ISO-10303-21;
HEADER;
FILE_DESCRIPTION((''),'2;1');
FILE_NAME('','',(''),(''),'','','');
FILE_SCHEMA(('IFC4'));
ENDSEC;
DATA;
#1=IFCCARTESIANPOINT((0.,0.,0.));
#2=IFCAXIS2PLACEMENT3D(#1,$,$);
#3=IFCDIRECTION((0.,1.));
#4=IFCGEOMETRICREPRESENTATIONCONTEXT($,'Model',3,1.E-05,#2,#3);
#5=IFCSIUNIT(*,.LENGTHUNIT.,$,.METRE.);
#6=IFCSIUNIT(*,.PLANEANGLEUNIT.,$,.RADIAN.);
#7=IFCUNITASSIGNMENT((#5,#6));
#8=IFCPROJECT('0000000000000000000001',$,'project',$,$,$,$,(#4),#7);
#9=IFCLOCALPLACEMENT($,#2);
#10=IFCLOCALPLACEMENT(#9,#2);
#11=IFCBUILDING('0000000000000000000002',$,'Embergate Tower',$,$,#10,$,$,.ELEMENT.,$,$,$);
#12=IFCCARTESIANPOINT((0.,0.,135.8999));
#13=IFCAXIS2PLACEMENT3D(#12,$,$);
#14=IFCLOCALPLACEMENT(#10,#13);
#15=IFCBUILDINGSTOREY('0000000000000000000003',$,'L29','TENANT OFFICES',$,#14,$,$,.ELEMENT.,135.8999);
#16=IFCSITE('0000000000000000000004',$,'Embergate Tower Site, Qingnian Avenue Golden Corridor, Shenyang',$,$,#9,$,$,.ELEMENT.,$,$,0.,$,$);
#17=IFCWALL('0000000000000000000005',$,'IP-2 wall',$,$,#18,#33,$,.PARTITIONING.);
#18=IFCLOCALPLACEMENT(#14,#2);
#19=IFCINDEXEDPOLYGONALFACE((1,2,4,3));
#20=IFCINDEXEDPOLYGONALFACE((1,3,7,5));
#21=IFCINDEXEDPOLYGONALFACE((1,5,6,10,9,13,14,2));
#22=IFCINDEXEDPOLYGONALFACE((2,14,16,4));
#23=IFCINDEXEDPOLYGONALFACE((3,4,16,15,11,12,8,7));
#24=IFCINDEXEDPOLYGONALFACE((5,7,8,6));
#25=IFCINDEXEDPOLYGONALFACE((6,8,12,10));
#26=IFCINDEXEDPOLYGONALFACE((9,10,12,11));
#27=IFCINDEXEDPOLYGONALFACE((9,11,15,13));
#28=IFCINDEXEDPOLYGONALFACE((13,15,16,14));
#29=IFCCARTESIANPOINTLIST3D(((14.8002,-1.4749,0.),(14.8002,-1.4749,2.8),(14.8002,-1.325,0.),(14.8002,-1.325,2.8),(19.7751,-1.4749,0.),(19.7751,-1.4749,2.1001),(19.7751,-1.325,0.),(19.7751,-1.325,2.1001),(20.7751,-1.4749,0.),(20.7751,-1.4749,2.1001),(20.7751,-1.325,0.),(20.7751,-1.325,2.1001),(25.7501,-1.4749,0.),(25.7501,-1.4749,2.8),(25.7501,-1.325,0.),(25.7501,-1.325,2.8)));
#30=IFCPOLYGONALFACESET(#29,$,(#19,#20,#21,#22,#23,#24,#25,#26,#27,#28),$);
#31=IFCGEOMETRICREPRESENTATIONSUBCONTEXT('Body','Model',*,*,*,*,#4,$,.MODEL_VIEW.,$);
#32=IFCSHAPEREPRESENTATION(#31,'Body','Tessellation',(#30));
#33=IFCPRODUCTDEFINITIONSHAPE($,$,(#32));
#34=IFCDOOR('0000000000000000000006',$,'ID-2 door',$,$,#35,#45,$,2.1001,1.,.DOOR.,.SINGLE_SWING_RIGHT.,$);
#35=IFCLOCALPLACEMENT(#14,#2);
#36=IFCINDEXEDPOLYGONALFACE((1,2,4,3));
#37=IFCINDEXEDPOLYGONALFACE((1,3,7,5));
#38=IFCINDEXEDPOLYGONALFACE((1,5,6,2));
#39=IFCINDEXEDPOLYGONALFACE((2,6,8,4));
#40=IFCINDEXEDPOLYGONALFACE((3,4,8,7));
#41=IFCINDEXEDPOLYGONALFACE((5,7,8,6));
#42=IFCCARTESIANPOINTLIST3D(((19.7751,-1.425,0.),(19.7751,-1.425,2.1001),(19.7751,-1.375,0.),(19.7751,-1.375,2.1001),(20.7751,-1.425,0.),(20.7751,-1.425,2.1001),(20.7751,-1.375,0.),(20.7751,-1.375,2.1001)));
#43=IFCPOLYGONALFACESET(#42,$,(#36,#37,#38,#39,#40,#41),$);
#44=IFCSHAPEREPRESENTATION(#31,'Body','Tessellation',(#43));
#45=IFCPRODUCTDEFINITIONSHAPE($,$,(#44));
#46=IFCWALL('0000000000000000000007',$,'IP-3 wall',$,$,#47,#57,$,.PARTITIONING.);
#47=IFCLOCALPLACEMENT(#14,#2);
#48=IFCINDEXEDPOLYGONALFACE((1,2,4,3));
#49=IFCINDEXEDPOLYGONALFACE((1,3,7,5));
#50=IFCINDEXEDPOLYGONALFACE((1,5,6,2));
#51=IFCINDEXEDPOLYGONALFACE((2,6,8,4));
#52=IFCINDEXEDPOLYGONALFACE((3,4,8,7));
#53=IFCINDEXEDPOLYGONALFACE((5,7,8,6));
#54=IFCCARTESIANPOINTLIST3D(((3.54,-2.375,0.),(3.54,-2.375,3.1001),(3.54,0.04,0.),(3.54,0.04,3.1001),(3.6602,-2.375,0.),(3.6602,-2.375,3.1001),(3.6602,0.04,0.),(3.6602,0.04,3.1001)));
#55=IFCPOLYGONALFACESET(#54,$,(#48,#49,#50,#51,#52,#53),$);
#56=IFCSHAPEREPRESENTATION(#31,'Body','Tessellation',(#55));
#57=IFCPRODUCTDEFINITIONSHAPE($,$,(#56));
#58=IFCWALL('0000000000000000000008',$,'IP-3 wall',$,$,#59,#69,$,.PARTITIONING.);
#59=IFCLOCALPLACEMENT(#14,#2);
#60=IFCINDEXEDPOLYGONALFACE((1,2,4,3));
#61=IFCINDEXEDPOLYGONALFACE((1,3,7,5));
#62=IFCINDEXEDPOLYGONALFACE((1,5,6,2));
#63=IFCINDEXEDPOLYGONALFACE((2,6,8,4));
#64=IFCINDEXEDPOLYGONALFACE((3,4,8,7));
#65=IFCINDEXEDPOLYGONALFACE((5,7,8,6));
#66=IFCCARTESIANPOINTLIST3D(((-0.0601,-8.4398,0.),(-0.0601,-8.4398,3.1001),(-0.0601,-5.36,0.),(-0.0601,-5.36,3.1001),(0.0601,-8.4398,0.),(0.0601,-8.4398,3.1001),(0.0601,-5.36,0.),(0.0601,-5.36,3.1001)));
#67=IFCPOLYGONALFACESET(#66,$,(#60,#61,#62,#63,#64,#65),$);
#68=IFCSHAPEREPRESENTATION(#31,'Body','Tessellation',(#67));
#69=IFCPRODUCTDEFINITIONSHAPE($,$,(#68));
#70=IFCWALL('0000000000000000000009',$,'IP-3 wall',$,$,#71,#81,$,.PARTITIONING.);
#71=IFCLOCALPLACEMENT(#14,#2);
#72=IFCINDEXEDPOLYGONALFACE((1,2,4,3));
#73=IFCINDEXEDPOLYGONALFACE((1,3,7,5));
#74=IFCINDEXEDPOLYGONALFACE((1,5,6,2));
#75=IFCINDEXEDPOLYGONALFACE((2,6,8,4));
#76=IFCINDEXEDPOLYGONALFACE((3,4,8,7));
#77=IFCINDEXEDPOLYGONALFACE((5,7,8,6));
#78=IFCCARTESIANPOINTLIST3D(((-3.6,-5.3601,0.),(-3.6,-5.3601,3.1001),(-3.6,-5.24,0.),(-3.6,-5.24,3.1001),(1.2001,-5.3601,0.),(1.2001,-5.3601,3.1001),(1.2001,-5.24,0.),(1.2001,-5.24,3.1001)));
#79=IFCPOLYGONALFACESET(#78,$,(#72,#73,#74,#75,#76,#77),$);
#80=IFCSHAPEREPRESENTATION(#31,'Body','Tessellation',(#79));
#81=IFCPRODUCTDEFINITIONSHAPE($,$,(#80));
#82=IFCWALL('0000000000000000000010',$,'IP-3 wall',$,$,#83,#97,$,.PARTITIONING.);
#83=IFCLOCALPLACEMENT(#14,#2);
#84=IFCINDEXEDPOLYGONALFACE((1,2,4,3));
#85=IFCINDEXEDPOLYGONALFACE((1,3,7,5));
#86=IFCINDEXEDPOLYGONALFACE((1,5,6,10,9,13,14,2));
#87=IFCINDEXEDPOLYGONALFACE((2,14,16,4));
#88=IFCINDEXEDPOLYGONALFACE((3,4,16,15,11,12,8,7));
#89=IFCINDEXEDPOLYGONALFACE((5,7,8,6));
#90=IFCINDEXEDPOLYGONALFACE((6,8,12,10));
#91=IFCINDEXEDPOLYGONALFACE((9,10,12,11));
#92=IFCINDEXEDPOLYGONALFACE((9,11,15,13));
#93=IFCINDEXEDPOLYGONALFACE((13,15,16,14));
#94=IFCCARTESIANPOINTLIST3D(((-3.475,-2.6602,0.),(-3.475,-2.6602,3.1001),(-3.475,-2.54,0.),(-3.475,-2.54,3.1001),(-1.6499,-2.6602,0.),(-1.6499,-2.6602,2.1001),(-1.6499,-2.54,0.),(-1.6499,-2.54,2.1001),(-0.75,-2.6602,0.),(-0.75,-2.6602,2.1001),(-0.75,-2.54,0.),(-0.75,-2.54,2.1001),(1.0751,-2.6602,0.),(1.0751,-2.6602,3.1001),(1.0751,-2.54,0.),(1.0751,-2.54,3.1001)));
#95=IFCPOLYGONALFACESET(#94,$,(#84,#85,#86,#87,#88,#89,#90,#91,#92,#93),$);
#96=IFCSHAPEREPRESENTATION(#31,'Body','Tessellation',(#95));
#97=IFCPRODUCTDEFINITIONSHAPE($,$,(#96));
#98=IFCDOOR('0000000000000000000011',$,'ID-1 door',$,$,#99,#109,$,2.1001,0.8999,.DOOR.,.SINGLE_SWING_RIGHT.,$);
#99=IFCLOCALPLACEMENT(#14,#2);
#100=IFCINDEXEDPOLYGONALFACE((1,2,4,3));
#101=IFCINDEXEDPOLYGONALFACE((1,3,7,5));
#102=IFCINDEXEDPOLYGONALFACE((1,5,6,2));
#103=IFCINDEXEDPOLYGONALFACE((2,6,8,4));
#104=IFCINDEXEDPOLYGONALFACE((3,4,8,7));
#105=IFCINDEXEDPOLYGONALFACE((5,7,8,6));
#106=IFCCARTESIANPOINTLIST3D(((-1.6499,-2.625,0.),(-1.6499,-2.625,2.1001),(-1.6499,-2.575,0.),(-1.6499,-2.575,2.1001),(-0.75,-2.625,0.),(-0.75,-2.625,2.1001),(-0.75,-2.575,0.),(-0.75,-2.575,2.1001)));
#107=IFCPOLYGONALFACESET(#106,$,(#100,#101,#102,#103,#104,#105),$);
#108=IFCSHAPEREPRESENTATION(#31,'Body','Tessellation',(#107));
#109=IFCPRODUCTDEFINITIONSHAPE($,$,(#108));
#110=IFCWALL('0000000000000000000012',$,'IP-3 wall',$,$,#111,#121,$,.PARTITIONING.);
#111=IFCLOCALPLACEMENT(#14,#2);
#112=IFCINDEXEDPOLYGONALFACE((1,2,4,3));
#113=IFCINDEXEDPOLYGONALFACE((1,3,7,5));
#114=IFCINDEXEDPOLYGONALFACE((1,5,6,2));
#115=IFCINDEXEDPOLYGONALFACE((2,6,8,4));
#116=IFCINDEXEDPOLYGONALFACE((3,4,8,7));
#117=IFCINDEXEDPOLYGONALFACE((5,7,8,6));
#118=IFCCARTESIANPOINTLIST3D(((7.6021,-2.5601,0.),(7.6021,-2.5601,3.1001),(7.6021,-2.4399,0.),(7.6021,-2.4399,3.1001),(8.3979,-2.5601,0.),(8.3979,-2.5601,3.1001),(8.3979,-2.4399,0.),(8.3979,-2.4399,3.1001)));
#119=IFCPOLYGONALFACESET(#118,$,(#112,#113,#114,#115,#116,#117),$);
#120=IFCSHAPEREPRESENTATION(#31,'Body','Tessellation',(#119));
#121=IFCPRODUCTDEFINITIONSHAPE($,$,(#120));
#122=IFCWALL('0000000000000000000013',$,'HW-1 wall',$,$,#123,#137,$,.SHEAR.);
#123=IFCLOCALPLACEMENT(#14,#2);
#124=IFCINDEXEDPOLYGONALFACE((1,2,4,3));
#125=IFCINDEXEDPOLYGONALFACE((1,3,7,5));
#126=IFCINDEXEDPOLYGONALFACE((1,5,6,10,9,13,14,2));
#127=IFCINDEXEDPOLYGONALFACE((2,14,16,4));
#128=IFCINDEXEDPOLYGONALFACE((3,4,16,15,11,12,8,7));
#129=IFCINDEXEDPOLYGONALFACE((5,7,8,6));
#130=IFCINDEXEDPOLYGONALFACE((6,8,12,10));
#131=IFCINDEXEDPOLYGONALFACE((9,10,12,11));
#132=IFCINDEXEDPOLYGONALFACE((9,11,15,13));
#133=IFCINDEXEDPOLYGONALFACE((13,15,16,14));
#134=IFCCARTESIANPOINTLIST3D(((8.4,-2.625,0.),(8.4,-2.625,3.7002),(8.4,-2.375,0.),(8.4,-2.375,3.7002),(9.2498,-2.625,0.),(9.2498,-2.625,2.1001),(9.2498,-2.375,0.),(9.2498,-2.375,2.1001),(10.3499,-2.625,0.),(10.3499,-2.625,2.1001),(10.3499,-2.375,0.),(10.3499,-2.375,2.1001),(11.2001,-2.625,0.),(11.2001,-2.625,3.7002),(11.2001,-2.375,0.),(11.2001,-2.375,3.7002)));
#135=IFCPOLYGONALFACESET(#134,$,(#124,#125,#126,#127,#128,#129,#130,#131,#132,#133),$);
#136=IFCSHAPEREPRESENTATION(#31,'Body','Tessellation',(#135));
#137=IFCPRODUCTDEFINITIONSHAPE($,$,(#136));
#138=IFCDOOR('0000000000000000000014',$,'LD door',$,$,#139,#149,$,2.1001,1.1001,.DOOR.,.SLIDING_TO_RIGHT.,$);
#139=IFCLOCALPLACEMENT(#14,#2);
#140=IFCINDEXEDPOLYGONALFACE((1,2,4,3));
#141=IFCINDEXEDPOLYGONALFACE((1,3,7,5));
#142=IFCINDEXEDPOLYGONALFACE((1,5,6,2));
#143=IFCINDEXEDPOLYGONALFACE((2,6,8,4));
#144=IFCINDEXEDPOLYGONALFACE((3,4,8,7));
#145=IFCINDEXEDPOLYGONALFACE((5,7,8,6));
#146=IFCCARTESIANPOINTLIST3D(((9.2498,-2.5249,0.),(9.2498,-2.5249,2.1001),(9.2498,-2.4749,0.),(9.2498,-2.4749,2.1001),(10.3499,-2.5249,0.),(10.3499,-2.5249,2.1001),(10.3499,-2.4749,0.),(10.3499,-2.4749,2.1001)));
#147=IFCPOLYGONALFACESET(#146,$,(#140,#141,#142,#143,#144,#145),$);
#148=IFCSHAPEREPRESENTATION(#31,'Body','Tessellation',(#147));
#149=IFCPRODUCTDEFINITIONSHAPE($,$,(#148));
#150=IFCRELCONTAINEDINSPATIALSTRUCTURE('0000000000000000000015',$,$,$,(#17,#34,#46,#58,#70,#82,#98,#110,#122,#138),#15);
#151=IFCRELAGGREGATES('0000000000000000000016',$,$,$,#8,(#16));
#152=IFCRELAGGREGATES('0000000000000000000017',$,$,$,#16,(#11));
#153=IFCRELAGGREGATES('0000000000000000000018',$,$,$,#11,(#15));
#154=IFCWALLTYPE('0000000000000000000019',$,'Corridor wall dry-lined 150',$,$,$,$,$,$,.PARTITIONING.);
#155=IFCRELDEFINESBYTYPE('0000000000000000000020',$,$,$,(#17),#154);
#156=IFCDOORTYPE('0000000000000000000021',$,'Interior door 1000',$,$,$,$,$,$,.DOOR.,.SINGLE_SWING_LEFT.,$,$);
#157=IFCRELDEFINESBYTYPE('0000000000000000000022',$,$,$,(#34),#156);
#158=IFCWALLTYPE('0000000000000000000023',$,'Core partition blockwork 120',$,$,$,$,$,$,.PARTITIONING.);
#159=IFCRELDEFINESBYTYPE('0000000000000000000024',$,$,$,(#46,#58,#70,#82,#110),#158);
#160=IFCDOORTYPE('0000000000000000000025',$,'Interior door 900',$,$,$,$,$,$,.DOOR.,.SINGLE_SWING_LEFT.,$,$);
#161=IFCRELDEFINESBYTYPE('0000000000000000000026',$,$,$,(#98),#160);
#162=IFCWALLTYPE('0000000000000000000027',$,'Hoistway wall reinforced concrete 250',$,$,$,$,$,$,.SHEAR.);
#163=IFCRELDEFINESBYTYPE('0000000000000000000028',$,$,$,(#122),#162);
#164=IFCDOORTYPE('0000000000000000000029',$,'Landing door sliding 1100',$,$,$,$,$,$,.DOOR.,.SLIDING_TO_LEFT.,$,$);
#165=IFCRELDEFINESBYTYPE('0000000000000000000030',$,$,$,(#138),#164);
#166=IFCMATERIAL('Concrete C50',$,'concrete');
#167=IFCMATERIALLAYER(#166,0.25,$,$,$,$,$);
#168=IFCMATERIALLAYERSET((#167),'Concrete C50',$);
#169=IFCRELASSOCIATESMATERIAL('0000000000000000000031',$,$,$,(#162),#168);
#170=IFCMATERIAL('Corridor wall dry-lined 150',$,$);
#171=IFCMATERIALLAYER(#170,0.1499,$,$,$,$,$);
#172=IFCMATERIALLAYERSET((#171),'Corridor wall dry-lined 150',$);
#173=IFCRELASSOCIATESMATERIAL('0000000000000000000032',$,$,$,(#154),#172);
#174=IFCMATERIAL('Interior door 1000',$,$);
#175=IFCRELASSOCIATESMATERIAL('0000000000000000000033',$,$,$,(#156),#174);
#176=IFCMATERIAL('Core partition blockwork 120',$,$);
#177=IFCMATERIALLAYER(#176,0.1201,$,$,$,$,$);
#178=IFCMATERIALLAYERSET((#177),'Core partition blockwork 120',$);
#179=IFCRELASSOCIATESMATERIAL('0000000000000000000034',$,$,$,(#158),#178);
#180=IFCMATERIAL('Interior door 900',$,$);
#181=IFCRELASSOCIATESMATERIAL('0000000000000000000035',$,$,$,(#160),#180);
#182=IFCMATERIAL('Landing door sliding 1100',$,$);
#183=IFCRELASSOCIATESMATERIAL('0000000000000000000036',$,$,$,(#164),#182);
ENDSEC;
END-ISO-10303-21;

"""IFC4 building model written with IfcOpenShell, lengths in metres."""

from ifc_helpers import new_model, si_unit, direction, frame, frame_2d, origin, place, context, subcontext, project, spatial, rectangle, extrude, source, transform, mapped, material, layer, layer_set, type_object, element, fill, save


model = new_model("IFC4")

# Units and contexts
model_context = context("Model", 3, precision=1e-05, world=origin(), true_north=direction((0.0, 1.0)))
body_context = subcontext(model_context, "Body", "Model", "MODEL_VIEW")
ifc_project = project(units=[si_unit("LENGTHUNIT", "METRE"), si_unit("PLANEANGLEUNIT", "RADIAN")], contexts=[model_context])

# Site, building, storey
site_placement = place(None, origin())
site = spatial("IfcSite", under=ifc_project, at=site_placement, Name="Embergate Tower Site, Qingnian Avenue Golden Corridor, Shenyang", CompositionType="ELEMENT", RefElevation=0.0)
building_placement = place(site_placement, origin())
building = spatial("IfcBuilding", under=site, at=building_placement, Name="Embergate Tower", CompositionType="ELEMENT")
storey_placement = place(building_placement, frame((0.0, 0.0, 135.8999)))
storey = spatial("IfcBuildingStorey", under=building, at=storey_placement, Name="L29", Description="TENANT OFFICES", CompositionType="ELEMENT", Elevation=135.8999)

# Shared definitions
ifc_material_1 = material(Name="Concrete C50", Category="concrete")
ifc_layer_1 = layer(ifc_material_1, 0.25)
ifc_layer_set_1 = layer_set([ifc_layer_1], Name="Concrete C50")
wall_type_1 = type_object("IfcWallType", Name="Hoistway wall reinforced concrete 250", PredefinedType="SHEAR", material=ifc_layer_set_1)

# Wall, opening, door
ifc_material_2 = material(Name="Corridor wall dry-lined 150")
ifc_layer_2 = layer(ifc_material_2, 0.1499)
ifc_layer_set_2 = layer_set([ifc_layer_2], Name="Corridor wall dry-lined 150")
wall_type_2 = type_object("IfcWallType", Name="Corridor wall dry-lined 150", PredefinedType="PARTITIONING", material=ifc_layer_set_2)
shared_shape_1 = source(origin(), body_context, "Body", "SweptSolid", [
    extrude(rectangle(XDim=0.8999, YDim=2.1001, at=frame_2d((0.45, 1.05))), frame((0.0, 0.0249, 0.0), z_axis=(0.0, -1.0, 0.0), x_axis=(1.0, 0.0, 0.0)), (0.0, 0.0, 1.0), 0.05),
])
shared_shape_2 = source(origin(), body_context, "Body", "SweptSolid", [
    extrude(rectangle(XDim=10.95, YDim=0.1499, at=frame_2d((5.4751, 0.0))), origin(), (0.0, 0.0, 1.0), 2.8),
])
wall_1_placement = place(storey_placement, frame((14.8, -1.3999, 0.0), z_axis=(0.0, 0.0, 1.0), x_axis=(1.0, 0.0, 0.0)))
wall_1 = element("IfcWall", 1, at=wall_1_placement, inside=storey, type_object=wall_type_2, Name="IP-2 wall", PredefinedType="PARTITIONING", context=body_context, shape_type="MappedRepresentation", body=[
    mapped(shared_shape_2, transform((0.0, 0.0, 0.0))),
])
shared_shape_3 = source(origin(), body_context, "Body", "SweptSolid", [
    extrude(rectangle(XDim=1.0, YDim=2.1001, at=frame_2d((0.5, 1.05))), frame((0.0, 0.085, 0.0), z_axis=(0.0, -1.0, 0.0), x_axis=(1.0, 0.0, 0.0)), (0.0, 0.0, 1.0), 0.1699),
])
opening_1_placement = place(wall_1_placement, frame((4.9751, 0.0, 0.0)))
opening_1 = element("IfcOpeningElement", 2, at=opening_1_placement, cuts=wall_1, PredefinedType="OPENING", context=body_context, shape_type="MappedRepresentation", body=[
    mapped(shared_shape_3, transform((0.0, 0.0, 0.0))),
])
ifc_material_3 = material(Name="Interior door 1000")
door_type_1 = type_object("IfcDoorType", Name="Interior door 1000", OperationType="SINGLE_SWING_LEFT", PredefinedType="DOOR", material=ifc_material_3)
shared_shape_4 = source(origin(), body_context, "Body", "SweptSolid", [
    extrude(rectangle(XDim=1.0, YDim=2.1001, at=frame_2d((0.5, 1.05))), frame((0.0, 0.0249, 0.0), z_axis=(0.0, -1.0, 0.0), x_axis=(1.0, 0.0, 0.0)), (0.0, 0.0, 1.0), 0.05),
])
door_1_placement = place(opening_1_placement, origin())
door_1 = element("IfcDoor", 3, at=door_1_placement, inside=storey, type_object=door_type_1, Name="ID-2 door", OperationType="SINGLE_SWING_RIGHT", OverallHeight=2.1001, OverallWidth=1.0, PredefinedType="DOOR", context=body_context, shape_type="MappedRepresentation", body=[
    mapped(shared_shape_4, transform((0.0, 0.0, 0.0))),
])
fill(opening_1, door_1)

# Walls
ifc_material_4 = material(Name="Core partition blockwork 120")
ifc_layer_3 = layer(ifc_material_4, 0.1201)
ifc_layer_set_3 = layer_set([ifc_layer_3], Name="Core partition blockwork 120")
wall_type_3 = type_object("IfcWallType", Name="Core partition blockwork 120", PredefinedType="PARTITIONING", material=ifc_layer_set_3)
shared_shape_5 = source(origin(), body_context, "Body", "SweptSolid", [
    extrude(rectangle(XDim=2.415, YDim=0.1201, at=frame_2d((1.2075, 0.0))), origin(), (0.0, 0.0, 1.0), 3.1001),
])
wall_2_placement = place(storey_placement, frame((3.6001, -2.375, 0.0), z_axis=(0.0, 0.0, 1.0), x_axis=(0.0, 1.0, 0.0)))
element("IfcWall", 4, at=wall_2_placement, inside=storey, type_object=wall_type_3, Name="IP-3 wall", PredefinedType="PARTITIONING", context=body_context, shape_type="MappedRepresentation", body=[
    mapped(shared_shape_5, transform((0.0, 0.0, 0.0))),
])
shared_shape_6 = source(origin(), body_context, "Body", "SweptSolid", [
    extrude(rectangle(XDim=3.0798, YDim=0.1201, at=frame_2d((1.54, 0.0))), origin(), (0.0, 0.0, 1.0), 3.1001),
])
wall_3_placement = place(storey_placement, frame((0.0, -8.4399, 0.0), z_axis=(0.0, 0.0, 1.0), x_axis=(0.0, 1.0, 0.0)))
element("IfcWall", 5, at=wall_3_placement, inside=storey, type_object=wall_type_3, Name="IP-3 wall", PredefinedType="PARTITIONING", context=body_context, shape_type="MappedRepresentation", body=[
    mapped(shared_shape_6, transform((0.0, 0.0, 0.0))),
])
shared_shape_7 = source(origin(), body_context, "Body", "SweptSolid", [
    extrude(rectangle(XDim=4.8, YDim=0.1201, at=frame_2d((2.3999, 0.0))), origin(), (0.0, 0.0, 1.0), 3.1001),
])
wall_4_placement = place(storey_placement, frame((1.2, -5.3, 0.0), z_axis=(0.0, 0.0, 1.0), x_axis=(-1.0, 0.0, 0.0)))
element("IfcWall", 6, at=wall_4_placement, inside=storey, type_object=wall_type_3, Name="IP-3 wall", PredefinedType="PARTITIONING", context=body_context, shape_type="MappedRepresentation", body=[
    mapped(shared_shape_7, transform((0.0, 0.0, 0.0))),
])

# Wall, opening, door
shared_shape_8 = source(origin(), body_context, "Body", "SweptSolid", [
    extrude(rectangle(XDim=4.55, YDim=0.1201, at=frame_2d((2.2749, 0.0))), origin(), (0.0, 0.0, 1.0), 3.1001),
])
wall_5_placement = place(storey_placement, frame((1.075, -2.6001, 0.0), z_axis=(0.0, 0.0, 1.0), x_axis=(-1.0, 0.0, 0.0)))
wall_5 = element("IfcWall", 7, at=wall_5_placement, inside=storey, type_object=wall_type_3, Name="IP-3 wall", PredefinedType="PARTITIONING", context=body_context, shape_type="MappedRepresentation", body=[
    mapped(shared_shape_8, transform((0.0, 0.0, 0.0))),
])
shared_shape_9 = source(origin(), body_context, "Body", "SweptSolid", [
    extrude(rectangle(XDim=0.8999, YDim=2.1001, at=frame_2d((0.45, 1.05))), frame((0.0, 0.0701, 0.0), z_axis=(0.0, -1.0, 0.0), x_axis=(1.0, 0.0, 0.0)), (0.0, 0.0, 1.0), 0.1401),
])
opening_2_placement = place(wall_5_placement, frame((1.825, 0.0, 0.0)))
opening_2 = element("IfcOpeningElement", 8, at=opening_2_placement, cuts=wall_5, PredefinedType="OPENING", context=body_context, shape_type="MappedRepresentation", body=[
    mapped(shared_shape_9, transform((0.0, 0.0, 0.0))),
])
ifc_material_5 = material(Name="Interior door 900")
door_type_2 = type_object("IfcDoorType", Name="Interior door 900", OperationType="SINGLE_SWING_LEFT", PredefinedType="DOOR", material=ifc_material_5)
door_2_placement = place(opening_2_placement, origin())
door_2 = element("IfcDoor", 9, at=door_2_placement, inside=storey, type_object=door_type_2, Name="ID-1 door", OperationType="SINGLE_SWING_RIGHT", OverallHeight=2.1001, OverallWidth=0.8999, PredefinedType="DOOR", context=body_context, shape_type="MappedRepresentation", body=[
    mapped(shared_shape_1, transform((0.0, 0.0, 0.0))),
])
fill(opening_2, door_2)

# Wall
shared_shape_10 = source(origin(), body_context, "Body", "SweptSolid", [
    extrude(rectangle(XDim=0.7959, YDim=0.1201, at=frame_2d((0.3979, 0.0))), origin(), (0.0, 0.0, 1.0), 3.1001),
])
wall_6_placement = place(storey_placement, frame((7.6021, -2.5, 0.0), z_axis=(0.0, 0.0, 1.0), x_axis=(1.0, 0.0, 0.0)))
element("IfcWall", 10, at=wall_6_placement, inside=storey, type_object=wall_type_3, Name="IP-3 wall", PredefinedType="PARTITIONING", context=body_context, shape_type="MappedRepresentation", body=[
    mapped(shared_shape_10, transform((0.0, 0.0, 0.0))),
])

# Wall, opening, door
shared_shape_11 = source(origin(), body_context, "Body", "SweptSolid", [
    extrude(rectangle(XDim=2.8, YDim=0.25, at=frame_2d((1.3999, 0.0))), origin(), (0.0, 0.0, 1.0), 3.7002),
])
wall_7_placement = place(storey_placement, frame((11.2, -2.5, 0.0), z_axis=(0.0, 0.0, 1.0), x_axis=(-1.0, 0.0, 0.0)))
wall_7 = element("IfcWall", 11, at=wall_7_placement, inside=storey, type_object=wall_type_1, Name="HW-1 wall", PredefinedType="SHEAR", context=body_context, shape_type="MappedRepresentation", body=[
    mapped(shared_shape_11, transform((0.0, 0.0, 0.0))),
])
shared_shape_12 = source(origin(), body_context, "Body", "SweptSolid", [
    extrude(rectangle(XDim=1.1001, YDim=2.1001, at=frame_2d((0.55, 1.05))), frame((0.0, 0.135, 0.0), z_axis=(0.0, -1.0, 0.0), x_axis=(1.0, 0.0, 0.0)), (0.0, 0.0, 1.0), 0.27),
])
opening_3_placement = place(wall_7_placement, frame((0.8501, 0.0, 0.0)))
opening_3 = element("IfcOpeningElement", 12, at=opening_3_placement, cuts=wall_7, PredefinedType="OPENING", context=body_context, shape_type="MappedRepresentation", body=[
    mapped(shared_shape_12, transform((0.0, 0.0, 0.0))),
])
ifc_material_6 = material(Name="Landing door sliding 1100")
door_type_3 = type_object("IfcDoorType", Name="Landing door sliding 1100", OperationType="SLIDING_TO_LEFT", PredefinedType="DOOR", material=ifc_material_6)
shared_shape_13 = source(origin(), body_context, "Body", "SweptSolid", [
    extrude(rectangle(XDim=1.1001, YDim=2.1001, at=frame_2d((0.55, 1.05))), frame((0.0, 0.0249, 0.0), z_axis=(0.0, -1.0, 0.0), x_axis=(1.0, 0.0, 0.0)), (0.0, 0.0, 1.0), 0.05),
])
door_3_placement = place(opening_3_placement, origin())
door_3 = element("IfcDoor", 13, at=door_3_placement, inside=storey, type_object=door_type_3, Name="LD door", OperationType="SLIDING_TO_RIGHT", OverallHeight=2.1001, OverallWidth=1.1001, PredefinedType="DOOR", context=body_context, shape_type="MappedRepresentation", body=[
    mapped(shared_shape_13, transform((0.0, 0.0, 0.0))),
])
fill(opening_3, door_3)

save(model, "model.ifc")
